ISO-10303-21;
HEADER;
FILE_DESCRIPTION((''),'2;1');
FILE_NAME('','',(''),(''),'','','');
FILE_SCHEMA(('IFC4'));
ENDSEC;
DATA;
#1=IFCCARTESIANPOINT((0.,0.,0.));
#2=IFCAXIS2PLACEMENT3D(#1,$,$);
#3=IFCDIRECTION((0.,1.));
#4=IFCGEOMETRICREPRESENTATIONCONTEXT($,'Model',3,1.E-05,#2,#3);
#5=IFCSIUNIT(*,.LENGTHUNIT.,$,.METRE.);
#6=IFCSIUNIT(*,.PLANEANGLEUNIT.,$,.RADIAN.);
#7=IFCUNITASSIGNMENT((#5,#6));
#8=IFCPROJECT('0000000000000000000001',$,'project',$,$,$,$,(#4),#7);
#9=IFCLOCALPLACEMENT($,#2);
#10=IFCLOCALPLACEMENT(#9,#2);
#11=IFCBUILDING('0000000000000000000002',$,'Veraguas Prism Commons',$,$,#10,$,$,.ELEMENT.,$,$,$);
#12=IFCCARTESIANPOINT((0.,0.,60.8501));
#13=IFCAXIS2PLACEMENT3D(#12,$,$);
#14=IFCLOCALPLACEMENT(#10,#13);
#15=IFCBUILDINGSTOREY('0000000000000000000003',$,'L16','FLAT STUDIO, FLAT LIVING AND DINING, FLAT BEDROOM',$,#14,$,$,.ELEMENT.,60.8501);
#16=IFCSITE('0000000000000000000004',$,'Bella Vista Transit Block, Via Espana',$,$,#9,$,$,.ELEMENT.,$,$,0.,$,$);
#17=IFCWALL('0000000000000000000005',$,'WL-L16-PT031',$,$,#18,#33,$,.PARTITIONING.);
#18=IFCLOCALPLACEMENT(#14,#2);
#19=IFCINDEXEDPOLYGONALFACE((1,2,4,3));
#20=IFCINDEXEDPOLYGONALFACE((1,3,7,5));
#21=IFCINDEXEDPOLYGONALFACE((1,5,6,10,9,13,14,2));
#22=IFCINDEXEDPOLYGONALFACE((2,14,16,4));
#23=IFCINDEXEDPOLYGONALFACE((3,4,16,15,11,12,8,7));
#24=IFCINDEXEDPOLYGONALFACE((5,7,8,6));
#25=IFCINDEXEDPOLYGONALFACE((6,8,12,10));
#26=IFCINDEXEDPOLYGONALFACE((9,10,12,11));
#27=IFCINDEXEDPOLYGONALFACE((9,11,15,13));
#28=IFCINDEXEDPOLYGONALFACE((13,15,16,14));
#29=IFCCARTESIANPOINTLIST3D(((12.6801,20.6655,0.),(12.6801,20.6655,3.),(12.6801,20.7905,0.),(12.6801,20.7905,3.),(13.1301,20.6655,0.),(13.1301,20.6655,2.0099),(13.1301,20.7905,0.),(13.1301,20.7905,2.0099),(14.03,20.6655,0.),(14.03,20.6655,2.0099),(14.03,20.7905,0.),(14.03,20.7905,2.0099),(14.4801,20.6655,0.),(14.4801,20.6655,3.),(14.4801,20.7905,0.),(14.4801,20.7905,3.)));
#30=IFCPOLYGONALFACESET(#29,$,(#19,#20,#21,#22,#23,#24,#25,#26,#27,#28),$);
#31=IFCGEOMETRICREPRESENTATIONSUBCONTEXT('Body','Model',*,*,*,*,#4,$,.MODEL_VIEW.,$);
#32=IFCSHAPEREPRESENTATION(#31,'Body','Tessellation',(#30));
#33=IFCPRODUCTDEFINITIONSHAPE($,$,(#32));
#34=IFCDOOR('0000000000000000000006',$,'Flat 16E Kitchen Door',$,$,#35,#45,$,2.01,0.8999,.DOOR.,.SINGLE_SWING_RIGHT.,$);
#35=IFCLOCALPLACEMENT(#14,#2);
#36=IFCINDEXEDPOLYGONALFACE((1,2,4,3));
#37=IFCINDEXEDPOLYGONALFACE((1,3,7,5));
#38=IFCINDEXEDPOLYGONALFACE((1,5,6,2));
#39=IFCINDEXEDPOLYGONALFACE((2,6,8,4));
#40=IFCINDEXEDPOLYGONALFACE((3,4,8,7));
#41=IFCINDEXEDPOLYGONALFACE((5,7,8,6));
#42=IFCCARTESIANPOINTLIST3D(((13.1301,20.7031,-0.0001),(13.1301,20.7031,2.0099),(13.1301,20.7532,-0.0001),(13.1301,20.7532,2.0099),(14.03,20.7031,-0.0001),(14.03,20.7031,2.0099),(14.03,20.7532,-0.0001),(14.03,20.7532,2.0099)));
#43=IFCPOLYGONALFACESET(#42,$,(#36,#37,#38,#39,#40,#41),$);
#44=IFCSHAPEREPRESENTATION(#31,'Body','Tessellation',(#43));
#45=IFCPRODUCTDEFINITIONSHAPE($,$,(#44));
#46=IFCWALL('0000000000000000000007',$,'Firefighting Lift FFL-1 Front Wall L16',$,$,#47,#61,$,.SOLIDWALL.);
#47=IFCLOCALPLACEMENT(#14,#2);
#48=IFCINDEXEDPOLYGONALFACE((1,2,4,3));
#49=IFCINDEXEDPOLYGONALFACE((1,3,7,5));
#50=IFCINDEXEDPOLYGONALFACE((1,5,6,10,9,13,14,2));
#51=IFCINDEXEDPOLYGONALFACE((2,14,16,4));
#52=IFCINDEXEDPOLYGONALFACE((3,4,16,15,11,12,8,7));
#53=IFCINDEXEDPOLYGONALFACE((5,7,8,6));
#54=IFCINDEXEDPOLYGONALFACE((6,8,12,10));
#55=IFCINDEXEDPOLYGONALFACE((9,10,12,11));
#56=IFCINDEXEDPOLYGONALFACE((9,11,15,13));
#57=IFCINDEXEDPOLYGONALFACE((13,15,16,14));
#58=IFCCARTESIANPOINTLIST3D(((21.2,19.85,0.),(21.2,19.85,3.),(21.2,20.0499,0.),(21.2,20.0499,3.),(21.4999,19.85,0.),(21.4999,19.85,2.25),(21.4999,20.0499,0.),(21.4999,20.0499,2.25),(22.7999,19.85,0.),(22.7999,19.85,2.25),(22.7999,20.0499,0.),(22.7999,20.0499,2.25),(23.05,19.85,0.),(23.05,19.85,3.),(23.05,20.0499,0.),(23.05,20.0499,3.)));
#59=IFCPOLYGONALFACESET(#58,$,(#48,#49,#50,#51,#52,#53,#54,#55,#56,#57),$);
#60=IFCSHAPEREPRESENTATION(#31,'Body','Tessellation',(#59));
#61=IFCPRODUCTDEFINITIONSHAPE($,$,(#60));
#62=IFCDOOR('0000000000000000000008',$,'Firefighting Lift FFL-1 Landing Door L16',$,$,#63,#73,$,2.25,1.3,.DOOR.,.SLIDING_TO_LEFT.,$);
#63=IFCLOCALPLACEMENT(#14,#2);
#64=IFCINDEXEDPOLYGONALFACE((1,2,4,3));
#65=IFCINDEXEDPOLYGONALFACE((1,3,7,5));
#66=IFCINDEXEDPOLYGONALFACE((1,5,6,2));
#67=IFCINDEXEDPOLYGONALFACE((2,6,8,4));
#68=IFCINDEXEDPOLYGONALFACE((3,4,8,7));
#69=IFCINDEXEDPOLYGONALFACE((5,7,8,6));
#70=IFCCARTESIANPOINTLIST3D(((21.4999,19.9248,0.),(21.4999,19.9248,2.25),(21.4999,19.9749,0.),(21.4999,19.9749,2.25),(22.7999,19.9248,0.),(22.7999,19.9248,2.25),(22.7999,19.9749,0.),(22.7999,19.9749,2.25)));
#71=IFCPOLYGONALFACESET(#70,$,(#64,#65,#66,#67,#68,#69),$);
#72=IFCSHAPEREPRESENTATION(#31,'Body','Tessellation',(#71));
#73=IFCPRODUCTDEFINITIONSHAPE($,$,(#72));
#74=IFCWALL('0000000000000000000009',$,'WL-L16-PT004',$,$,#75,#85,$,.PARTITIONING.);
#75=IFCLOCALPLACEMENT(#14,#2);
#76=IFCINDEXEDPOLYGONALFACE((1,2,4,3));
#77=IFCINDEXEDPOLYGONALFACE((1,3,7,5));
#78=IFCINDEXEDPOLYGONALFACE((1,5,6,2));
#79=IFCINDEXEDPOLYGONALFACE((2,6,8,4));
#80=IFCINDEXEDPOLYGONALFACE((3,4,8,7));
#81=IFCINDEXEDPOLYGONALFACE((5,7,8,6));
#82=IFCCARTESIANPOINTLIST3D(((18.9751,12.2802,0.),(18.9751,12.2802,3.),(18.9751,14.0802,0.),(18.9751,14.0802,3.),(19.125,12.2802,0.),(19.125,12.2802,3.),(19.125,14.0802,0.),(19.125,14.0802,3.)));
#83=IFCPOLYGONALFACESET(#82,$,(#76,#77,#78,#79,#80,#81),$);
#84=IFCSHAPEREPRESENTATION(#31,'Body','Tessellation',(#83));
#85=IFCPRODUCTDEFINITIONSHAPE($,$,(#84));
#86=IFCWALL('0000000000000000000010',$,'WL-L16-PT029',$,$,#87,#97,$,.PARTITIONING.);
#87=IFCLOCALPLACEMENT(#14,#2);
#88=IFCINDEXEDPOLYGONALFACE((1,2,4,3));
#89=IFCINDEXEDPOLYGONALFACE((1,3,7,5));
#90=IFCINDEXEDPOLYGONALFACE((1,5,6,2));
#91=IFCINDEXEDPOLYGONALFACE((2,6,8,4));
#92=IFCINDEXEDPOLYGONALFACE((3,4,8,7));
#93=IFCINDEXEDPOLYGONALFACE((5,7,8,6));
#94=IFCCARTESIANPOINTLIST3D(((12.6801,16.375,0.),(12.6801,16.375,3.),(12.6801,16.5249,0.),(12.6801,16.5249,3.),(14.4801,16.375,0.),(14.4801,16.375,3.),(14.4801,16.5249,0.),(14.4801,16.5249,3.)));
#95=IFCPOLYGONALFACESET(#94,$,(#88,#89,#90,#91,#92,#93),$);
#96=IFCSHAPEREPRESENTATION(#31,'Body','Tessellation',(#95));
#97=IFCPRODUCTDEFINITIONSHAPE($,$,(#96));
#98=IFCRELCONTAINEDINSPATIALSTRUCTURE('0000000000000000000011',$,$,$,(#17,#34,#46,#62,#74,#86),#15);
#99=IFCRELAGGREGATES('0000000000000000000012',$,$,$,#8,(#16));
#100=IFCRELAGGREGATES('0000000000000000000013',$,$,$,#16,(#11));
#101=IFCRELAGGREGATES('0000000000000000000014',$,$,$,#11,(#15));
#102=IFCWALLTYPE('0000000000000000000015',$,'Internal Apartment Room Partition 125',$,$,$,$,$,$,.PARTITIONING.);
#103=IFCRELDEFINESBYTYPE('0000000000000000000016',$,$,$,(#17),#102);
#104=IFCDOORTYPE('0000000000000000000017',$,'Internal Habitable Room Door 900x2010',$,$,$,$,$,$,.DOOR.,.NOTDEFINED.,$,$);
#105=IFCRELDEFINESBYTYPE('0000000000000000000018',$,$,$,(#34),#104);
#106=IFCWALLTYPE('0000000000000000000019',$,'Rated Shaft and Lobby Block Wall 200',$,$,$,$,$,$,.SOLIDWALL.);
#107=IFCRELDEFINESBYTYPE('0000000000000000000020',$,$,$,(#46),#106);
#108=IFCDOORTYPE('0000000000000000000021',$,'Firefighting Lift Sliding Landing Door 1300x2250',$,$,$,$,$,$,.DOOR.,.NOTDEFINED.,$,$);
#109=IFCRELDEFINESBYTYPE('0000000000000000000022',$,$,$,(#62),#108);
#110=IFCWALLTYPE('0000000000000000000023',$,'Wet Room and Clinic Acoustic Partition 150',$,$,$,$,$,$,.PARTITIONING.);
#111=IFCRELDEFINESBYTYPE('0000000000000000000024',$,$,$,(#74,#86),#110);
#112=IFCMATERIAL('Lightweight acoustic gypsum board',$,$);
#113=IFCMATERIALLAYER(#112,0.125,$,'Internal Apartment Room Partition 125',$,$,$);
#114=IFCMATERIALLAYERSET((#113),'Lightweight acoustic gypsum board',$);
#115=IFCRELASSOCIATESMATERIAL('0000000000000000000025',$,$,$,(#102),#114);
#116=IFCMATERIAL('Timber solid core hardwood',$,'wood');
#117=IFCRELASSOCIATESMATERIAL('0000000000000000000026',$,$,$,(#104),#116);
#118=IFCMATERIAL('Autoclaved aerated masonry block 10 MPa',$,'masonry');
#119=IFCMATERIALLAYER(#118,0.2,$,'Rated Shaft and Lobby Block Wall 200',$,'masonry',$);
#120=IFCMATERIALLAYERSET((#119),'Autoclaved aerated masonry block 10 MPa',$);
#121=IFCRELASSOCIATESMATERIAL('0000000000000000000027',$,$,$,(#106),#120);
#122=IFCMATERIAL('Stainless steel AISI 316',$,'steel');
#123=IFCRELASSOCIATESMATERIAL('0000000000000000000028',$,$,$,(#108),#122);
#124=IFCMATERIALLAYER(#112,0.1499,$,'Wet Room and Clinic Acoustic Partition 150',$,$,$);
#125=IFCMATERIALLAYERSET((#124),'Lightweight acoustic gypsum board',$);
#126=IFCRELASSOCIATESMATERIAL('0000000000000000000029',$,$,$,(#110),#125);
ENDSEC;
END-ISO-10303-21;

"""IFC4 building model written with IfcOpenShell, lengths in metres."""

from ifc_helpers import new_model, si_unit, direction, frame, frame_2d, origin, place, context, subcontext, project, spatial, rectangle, extrude, source, transform, mapped, material, layer, layer_set, type_object, element, fill, save


model = new_model("IFC4")

# Units and contexts
model_context = context("Model", 3, precision=1e-05, world=origin(), true_north=direction((0.0, 1.0)))
body_context = subcontext(model_context, "Body", "Model", "MODEL_VIEW")
ifc_project = project(units=[si_unit("LENGTHUNIT", "METRE"), si_unit("PLANEANGLEUNIT", "RADIAN")], contexts=[model_context])

# Site, building, storey
site_placement = place(None, origin())
site = spatial("IfcSite", under=ifc_project, at=site_placement, Name="Bella Vista Transit Block, Via Espana", CompositionType="ELEMENT", RefElevation=0.0)
building_placement = place(site_placement, origin())
building = spatial("IfcBuilding", under=site, at=building_placement, Name="Veraguas Prism Commons", CompositionType="ELEMENT")
storey_placement = place(building_placement, frame((0.0, 0.0, 60.8501)))
storey = spatial("IfcBuildingStorey", under=building, at=storey_placement, Name="L16", Description="FLAT STUDIO, FLAT LIVING AND DINING, FLAT BEDROOM", CompositionType="ELEMENT", Elevation=60.8501)

# Shared definitions
ifc_material_1 = material(Name="Autoclaved aerated masonry block 10 MPa", Category="masonry")

# Walls, openings, doors
ifc_material_2 = material(Name="Lightweight acoustic gypsum board")
ifc_layer_1 = layer(ifc_material_2, 0.125, Name="Internal Apartment Room Partition 125")
ifc_layer_set_1 = layer_set([ifc_layer_1], Name="Lightweight acoustic gypsum board")
wall_type_1 = type_object("IfcWallType", Name="Internal Apartment Room Partition 125", PredefinedType="PARTITIONING", material=ifc_layer_set_1)
wall_1_placement = place(storey_placement, frame((14.48, 20.728, 0.0), z_axis=(0.0, 0.0, 1.0), x_axis=(-1.0, 0.0, 0.0)))
wall_1 = element("IfcWall", 1, at=wall_1_placement, inside=storey, type_object=wall_type_1, Name="WL-L16-PT031", PredefinedType="PARTITIONING", context=body_context, shape_type="SweptSolid", body=[
    extrude(rectangle(XDim=1.8, YDim=0.125, at=frame_2d((0.8999, 0.0))), origin(), (0.0, 0.0, 1.0), 3.0),
])
opening_1_placement = place(wall_1_placement, frame((0.45, 0.0, 0.0)))
opening_1 = element("IfcOpeningElement", 2, at=opening_1_placement, cuts=wall_1, PredefinedType="OPENING", context=body_context, shape_type="SweptSolid", body=[
    extrude(rectangle(XDim=0.8999, YDim=2.01, at=frame_2d((0.45, 1.0049))), frame((0.0, 0.0725, 0.0), z_axis=(0.0, -1.0, 0.0), x_axis=(1.0, 0.0, 0.0)), (0.0, 0.0, 1.0), 0.145),
])
ifc_material_3 = material(Name="Timber solid core hardwood", Category="wood")
door_type_1 = type_object("IfcDoorType", Name="Internal Habitable Room Door 900x2010", OperationType="NOTDEFINED", PredefinedType="DOOR", material=ifc_material_3)
shared_shape_1 = source(origin(), body_context, "Body", "SweptSolid", [
    extrude(rectangle(XDim=0.8999, YDim=2.01, at=frame_2d((0.45, 1.0049))), frame((0.0, 0.0249, 0.0), z_axis=(0.0, -1.0, 0.0), x_axis=(1.0, 0.0, 0.0)), (0.0, 0.0, 1.0), 0.05),
])
door_1_placement = place(opening_1_placement, origin())
door_1 = element("IfcDoor", 3, at=door_1_placement, inside=storey, type_object=door_type_1, Name="Flat 16E Kitchen Door", OperationType="SINGLE_SWING_RIGHT", OverallHeight=2.01, OverallWidth=0.8999, PredefinedType="DOOR", context=body_context, shape_type="MappedRepresentation", body=[
    mapped(shared_shape_1, transform((0.0, 0.0, 0.0), scale=1.0)),
])
fill(opening_1, door_1)
ifc_layer_2 = layer(ifc_material_1, 0.2, Name="Rated Shaft and Lobby Block Wall 200", Category="masonry")
ifc_layer_set_2 = layer_set([ifc_layer_2], Name="Autoclaved aerated masonry block 10 MPa")
wall_type_2 = type_object("IfcWallType", Name="Rated Shaft and Lobby Block Wall 200", PredefinedType="SOLIDWALL", material=ifc_layer_set_2)
wall_2_placement = place(storey_placement, frame((21.2, 19.95, 0.0), z_axis=(0.0, 0.0, 1.0), x_axis=(1.0, 0.0, 0.0)))
wall_2 = element("IfcWall", 4, at=wall_2_placement, inside=storey, type_object=wall_type_2, Name="Firefighting Lift FFL-1 Front Wall L16", PredefinedType="SOLIDWALL", context=body_context, shape_type="SweptSolid", body=[
    extrude(rectangle(XDim=1.8501, YDim=0.2, at=frame_2d((0.925, 0.0))), origin(), (0.0, 0.0, 1.0), 3.0),
])
opening_2_placement = place(wall_2_placement, frame((0.3, 0.0, 0.0)))
opening_2 = element("IfcOpeningElement", 5, at=opening_2_placement, cuts=wall_2, PredefinedType="OPENING", context=body_context, shape_type="SweptSolid", body=[
    extrude(rectangle(XDim=1.3, YDim=2.25, at=frame_2d((0.6499, 1.125))), frame((0.0, 0.1099, 0.0), z_axis=(0.0, -1.0, 0.0), x_axis=(1.0, 0.0, 0.0)), (0.0, 0.0, 1.0), 0.22),
])
ifc_material_4 = material(Name="Stainless steel AISI 316", Category="steel")
door_type_2 = type_object("IfcDoorType", Name="Firefighting Lift Sliding Landing Door 1300x2250", OperationType="NOTDEFINED", PredefinedType="DOOR", material=ifc_material_4)
shared_shape_2 = source(origin(), body_context, "Body", "SweptSolid", [
    extrude(rectangle(XDim=1.3, YDim=2.25, at=frame_2d((0.6499, 1.125))), frame((0.0, 0.0249, 0.0), z_axis=(0.0, -1.0, 0.0), x_axis=(1.0, 0.0, 0.0)), (0.0, 0.0, 1.0), 0.05),
])
door_2_placement = place(opening_2_placement, origin())
door_2 = element("IfcDoor", 6, at=door_2_placement, inside=storey, type_object=door_type_2, Name="Firefighting Lift FFL-1 Landing Door L16", OperationType="SLIDING_TO_LEFT", OverallHeight=2.25, OverallWidth=1.3, PredefinedType="DOOR", context=body_context, shape_type="MappedRepresentation", body=[
    mapped(shared_shape_2, transform((0.0, 0.0, 0.0), scale=1.0)),
])
fill(opening_2, door_2)

# Walls
ifc_layer_3 = layer(ifc_material_2, 0.1499, Name="Wet Room and Clinic Acoustic Partition 150")
ifc_layer_set_3 = layer_set([ifc_layer_3], Name="Lightweight acoustic gypsum board")
wall_type_3 = type_object("IfcWallType", Name="Wet Room and Clinic Acoustic Partition 150", PredefinedType="PARTITIONING", material=ifc_layer_set_3)
for number, where, z_axis, x_axis, name in (
    (7, (19.05, 14.0801, 0.0), (0.0, 0.0, 1.0), (0.0, -1.0, 0.0), "WL-L16-PT004"),
    (8, (14.48, 16.45, 0.0), (0.0, 0.0, 1.0), (-1.0, 0.0, 0.0), "WL-L16-PT029"),
):
    element("IfcWall", number, at=place(storey_placement, frame(where, z_axis=z_axis, x_axis=x_axis)), inside=storey, type_object=wall_type_3, Name=name, PredefinedType="PARTITIONING", context=body_context, shape_type="SweptSolid", body=[
        extrude(rectangle(XDim=1.8, YDim=0.1499, at=frame_2d((0.8999, 0.0))), origin(), (0.0, 0.0, 1.0), 3.0),
    ])

save(model, "model.ifc")
